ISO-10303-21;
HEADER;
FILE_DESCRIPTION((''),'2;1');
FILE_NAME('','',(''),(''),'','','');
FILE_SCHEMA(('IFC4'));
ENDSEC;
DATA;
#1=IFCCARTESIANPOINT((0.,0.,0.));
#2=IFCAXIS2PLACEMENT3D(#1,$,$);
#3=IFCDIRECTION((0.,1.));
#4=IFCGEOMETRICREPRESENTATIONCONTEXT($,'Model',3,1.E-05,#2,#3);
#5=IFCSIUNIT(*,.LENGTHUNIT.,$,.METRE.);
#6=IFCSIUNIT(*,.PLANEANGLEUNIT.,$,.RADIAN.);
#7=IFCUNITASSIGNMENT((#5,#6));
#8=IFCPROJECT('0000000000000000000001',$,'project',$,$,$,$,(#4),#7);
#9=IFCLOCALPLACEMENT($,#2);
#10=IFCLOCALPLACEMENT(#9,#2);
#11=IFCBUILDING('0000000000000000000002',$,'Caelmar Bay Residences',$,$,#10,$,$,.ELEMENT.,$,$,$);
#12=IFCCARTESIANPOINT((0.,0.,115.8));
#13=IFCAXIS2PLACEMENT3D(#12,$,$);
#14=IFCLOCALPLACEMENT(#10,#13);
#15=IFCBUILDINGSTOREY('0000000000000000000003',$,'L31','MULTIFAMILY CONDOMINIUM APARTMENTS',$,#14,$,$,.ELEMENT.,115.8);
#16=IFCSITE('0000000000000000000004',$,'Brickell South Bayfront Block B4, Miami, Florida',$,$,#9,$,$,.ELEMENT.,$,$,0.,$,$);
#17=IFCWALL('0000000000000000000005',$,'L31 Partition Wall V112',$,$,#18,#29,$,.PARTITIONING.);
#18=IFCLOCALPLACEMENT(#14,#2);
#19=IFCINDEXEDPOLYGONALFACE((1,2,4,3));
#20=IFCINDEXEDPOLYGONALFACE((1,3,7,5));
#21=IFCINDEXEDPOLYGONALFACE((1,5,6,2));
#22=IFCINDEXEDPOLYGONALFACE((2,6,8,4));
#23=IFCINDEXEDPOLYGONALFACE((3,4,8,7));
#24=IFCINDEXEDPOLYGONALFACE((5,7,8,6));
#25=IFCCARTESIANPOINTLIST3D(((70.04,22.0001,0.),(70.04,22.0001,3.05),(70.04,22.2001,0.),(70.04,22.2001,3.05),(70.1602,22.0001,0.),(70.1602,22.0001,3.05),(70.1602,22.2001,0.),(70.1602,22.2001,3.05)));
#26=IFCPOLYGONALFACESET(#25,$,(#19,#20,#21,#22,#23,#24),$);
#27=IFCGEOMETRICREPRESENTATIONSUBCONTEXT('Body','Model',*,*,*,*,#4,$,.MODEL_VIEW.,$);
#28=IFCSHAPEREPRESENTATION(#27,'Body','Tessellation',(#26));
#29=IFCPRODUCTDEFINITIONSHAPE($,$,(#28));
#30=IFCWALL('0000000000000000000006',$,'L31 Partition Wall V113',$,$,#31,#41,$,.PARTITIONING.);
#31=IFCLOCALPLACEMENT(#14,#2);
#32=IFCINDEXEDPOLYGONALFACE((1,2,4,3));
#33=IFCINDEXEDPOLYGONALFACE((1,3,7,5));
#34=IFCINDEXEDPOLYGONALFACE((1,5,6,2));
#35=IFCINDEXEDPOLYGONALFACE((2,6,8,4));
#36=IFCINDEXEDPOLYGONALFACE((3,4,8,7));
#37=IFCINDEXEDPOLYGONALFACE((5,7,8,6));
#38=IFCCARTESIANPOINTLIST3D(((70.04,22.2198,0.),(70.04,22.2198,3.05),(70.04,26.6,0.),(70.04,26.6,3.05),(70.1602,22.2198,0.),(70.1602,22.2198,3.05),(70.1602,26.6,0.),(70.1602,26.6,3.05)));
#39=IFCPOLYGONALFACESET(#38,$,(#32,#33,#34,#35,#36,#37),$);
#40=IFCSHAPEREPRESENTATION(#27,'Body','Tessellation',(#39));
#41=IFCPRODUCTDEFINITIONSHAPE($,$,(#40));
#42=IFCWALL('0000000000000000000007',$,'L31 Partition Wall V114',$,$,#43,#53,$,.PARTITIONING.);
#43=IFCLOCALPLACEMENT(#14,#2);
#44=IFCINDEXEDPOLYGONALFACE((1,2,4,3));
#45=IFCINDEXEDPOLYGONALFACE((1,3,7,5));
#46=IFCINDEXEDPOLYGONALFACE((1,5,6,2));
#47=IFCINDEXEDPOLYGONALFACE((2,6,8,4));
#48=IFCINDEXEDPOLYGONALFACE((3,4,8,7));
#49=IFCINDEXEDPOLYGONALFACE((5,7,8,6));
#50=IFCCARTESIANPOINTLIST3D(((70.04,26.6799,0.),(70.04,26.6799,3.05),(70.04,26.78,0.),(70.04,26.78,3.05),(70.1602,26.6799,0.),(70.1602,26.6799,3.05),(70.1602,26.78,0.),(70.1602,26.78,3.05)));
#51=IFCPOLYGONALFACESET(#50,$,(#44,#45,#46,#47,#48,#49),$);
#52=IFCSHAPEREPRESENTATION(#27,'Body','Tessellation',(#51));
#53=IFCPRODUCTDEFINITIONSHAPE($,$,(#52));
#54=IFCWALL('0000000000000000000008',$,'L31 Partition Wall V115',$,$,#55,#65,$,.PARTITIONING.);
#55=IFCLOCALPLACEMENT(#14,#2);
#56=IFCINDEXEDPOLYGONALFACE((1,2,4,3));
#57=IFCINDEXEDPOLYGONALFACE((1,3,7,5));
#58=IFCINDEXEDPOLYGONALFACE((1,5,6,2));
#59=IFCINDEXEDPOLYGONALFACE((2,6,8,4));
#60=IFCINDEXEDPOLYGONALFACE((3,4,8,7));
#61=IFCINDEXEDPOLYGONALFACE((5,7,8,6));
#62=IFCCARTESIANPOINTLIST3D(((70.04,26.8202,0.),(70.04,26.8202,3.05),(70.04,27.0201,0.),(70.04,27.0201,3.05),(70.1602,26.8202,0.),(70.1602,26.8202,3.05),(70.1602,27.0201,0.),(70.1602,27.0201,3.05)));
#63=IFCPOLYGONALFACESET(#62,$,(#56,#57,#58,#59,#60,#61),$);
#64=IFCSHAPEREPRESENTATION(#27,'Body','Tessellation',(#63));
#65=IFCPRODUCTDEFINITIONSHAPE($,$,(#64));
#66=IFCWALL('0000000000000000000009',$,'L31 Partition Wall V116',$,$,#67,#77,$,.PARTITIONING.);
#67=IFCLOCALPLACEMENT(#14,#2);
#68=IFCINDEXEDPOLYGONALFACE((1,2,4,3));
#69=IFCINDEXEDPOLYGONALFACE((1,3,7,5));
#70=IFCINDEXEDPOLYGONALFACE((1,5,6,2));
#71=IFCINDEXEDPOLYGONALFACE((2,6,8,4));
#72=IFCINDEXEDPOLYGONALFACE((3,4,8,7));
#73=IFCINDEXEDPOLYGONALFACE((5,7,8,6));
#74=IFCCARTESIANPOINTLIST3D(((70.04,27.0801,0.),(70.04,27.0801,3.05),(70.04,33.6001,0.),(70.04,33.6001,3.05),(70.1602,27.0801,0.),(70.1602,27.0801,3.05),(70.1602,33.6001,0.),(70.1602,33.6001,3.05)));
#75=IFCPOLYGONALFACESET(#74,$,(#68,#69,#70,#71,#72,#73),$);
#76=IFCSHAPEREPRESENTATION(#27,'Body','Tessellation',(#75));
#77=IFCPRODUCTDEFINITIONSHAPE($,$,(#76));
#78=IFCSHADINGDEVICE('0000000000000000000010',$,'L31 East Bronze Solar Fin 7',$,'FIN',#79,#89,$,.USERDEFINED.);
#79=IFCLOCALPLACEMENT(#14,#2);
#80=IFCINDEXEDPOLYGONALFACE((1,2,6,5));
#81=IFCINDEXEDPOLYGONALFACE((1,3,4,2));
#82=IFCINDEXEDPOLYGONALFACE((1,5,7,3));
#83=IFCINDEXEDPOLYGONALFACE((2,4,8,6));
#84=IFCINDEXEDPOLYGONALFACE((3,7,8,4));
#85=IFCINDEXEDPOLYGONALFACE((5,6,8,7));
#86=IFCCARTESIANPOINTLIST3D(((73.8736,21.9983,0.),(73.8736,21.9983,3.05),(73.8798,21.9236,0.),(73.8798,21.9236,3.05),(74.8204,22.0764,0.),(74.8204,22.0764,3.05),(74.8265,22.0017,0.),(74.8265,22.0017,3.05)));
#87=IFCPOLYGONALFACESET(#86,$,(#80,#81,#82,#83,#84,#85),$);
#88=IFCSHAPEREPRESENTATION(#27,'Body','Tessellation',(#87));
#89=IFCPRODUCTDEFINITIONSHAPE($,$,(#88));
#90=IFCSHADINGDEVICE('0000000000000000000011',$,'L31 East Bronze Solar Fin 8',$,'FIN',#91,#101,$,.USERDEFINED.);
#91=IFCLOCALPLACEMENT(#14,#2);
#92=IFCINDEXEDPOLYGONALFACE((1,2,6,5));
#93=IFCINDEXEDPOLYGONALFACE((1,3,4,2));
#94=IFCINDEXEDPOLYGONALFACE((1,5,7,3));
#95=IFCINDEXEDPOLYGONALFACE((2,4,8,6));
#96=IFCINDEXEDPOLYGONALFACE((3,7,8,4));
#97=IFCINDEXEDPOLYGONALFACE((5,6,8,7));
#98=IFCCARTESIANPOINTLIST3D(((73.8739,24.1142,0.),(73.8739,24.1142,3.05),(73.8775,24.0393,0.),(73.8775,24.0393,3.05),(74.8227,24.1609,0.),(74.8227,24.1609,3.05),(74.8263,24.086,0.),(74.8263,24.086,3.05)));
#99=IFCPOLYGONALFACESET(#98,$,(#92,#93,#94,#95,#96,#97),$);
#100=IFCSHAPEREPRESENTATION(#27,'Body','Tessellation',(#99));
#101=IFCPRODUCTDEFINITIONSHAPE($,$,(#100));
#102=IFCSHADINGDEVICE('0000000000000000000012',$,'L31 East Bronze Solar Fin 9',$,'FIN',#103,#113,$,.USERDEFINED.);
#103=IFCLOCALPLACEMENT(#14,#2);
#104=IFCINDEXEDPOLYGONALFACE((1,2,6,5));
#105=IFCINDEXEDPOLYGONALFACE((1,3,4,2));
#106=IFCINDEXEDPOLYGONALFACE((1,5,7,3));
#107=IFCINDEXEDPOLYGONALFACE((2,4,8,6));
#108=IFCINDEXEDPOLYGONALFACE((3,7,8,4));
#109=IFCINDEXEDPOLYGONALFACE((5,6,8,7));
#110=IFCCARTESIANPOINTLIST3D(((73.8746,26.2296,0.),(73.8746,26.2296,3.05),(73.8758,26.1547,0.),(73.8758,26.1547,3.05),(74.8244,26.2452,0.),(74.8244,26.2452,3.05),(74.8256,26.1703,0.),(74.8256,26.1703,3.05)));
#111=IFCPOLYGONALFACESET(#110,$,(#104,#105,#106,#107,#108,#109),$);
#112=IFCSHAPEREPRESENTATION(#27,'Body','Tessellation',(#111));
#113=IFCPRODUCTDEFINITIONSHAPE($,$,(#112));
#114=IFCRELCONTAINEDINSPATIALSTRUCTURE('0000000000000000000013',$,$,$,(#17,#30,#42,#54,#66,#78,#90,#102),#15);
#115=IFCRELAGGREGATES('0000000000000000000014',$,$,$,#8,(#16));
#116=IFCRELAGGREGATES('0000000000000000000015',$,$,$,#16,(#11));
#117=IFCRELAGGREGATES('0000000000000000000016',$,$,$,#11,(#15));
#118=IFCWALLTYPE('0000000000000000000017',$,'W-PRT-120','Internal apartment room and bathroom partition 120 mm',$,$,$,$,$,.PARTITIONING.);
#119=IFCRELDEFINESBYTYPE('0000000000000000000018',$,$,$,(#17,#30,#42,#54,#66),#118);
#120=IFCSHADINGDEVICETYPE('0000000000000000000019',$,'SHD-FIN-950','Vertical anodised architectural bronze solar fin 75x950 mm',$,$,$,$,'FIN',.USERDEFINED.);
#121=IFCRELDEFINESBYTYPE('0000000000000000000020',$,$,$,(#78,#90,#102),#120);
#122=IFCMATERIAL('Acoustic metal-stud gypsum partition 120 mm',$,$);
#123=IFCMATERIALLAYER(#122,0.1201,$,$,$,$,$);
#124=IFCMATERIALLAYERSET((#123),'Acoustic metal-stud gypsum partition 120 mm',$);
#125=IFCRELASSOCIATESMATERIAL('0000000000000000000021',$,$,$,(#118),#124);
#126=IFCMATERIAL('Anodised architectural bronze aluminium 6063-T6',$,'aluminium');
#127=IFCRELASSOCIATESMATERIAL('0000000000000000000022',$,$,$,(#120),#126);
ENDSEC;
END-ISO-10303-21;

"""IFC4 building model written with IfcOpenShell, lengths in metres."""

from ifc_helpers import new_model, si_unit, direction, frame, frame_2d, origin, origin_2d, place, context, subcontext, project, spatial, rectangle, extrude, material, layer, layer_set, material_profile, profile_set, type_object, element, save


model = new_model("IFC4")

# Units and contexts
model_context = context("Model", 3, precision=1e-05, world=origin(), true_north=direction((0.0, 1.0)))
body_context = subcontext(model_context, "Body", "Model", "MODEL_VIEW")
ifc_project = project(units=[si_unit("LENGTHUNIT", "METRE"), si_unit("PLANEANGLEUNIT", "RADIAN")], contexts=[model_context])

# Site, building, storey
site_placement = place(None, origin())
site = spatial("IfcSite", under=ifc_project, at=site_placement, Name="Brickell South Bayfront Block B4, Miami, Florida", CompositionType="ELEMENT", RefElevation=0.0)
building_placement = place(site_placement, origin())
building = spatial("IfcBuilding", under=site, at=building_placement, Name="Caelmar Bay Residences", CompositionType="ELEMENT")
storey_placement = place(building_placement, frame((0.0, 0.0, 115.8)))
storey = spatial("IfcBuildingStorey", under=building, at=storey_placement, Name="L31", Description="MULTIFAMILY CONDOMINIUM APARTMENTS", CompositionType="ELEMENT", Elevation=115.8)

# Shared definitions
ifc_material_1 = material(Name="Acoustic metal-stud gypsum partition 120 mm")
ifc_layer_1 = layer(ifc_material_1, 0.1201)
ifc_layer_set_1 = layer_set([ifc_layer_1], Name="Acoustic metal-stud gypsum partition 120 mm")
wall_type = type_object("IfcWallType", Name="W-PRT-120", Description="Internal apartment room and bathroom partition 120 mm", PredefinedType="PARTITIONING", material=ifc_layer_set_1)

# Walls
wall_1_placement = place(storey_placement, frame((70.1001, 22.0, 0.0), z_axis=(0.0, 0.0, 1.0), x_axis=(0.0, 1.0, 0.0)))
element("IfcWall", 1, at=wall_1_placement, inside=storey, type_object=wall_type, Name="L31 Partition Wall V112", PredefinedType="PARTITIONING", context=body_context, shape_type="SweptSolid", body=[
    extrude(rectangle(XDim=0.2, YDim=0.1201, at=frame_2d((0.1001, 0.0))), origin(), (0.0, 0.0, 1.0), 3.05),
])
wall_2_placement = place(storey_placement, frame((70.1001, 22.22, 0.0), z_axis=(0.0, 0.0, 1.0), x_axis=(0.0, 1.0, 0.0)))
element("IfcWall", 2, at=wall_2_placement, inside=storey, type_object=wall_type, Name="L31 Partition Wall V113", PredefinedType="PARTITIONING", context=body_context, shape_type="SweptSolid", body=[
    extrude(rectangle(XDim=4.3801, YDim=0.1201, at=frame_2d((2.1899, 0.0))), origin(), (0.0, 0.0, 1.0), 3.05),
])
wall_3_placement = place(storey_placement, frame((70.1001, 26.6799, 0.0), z_axis=(0.0, 0.0, 1.0), x_axis=(0.0, 1.0, 0.0)))
element("IfcWall", 3, at=wall_3_placement, inside=storey, type_object=wall_type, Name="L31 Partition Wall V114", PredefinedType="PARTITIONING", context=body_context, shape_type="SweptSolid", body=[
    extrude(rectangle(XDim=0.1001, YDim=0.1201, at=frame_2d((0.05, 0.0))), origin(), (0.0, 0.0, 1.0), 3.05),
])
wall_4_placement = place(storey_placement, frame((70.1001, 26.8201, 0.0), z_axis=(0.0, 0.0, 1.0), x_axis=(0.0, 1.0, 0.0)))
element("IfcWall", 4, at=wall_4_placement, inside=storey, type_object=wall_type, Name="L31 Partition Wall V115", PredefinedType="PARTITIONING", context=body_context, shape_type="SweptSolid", body=[
    extrude(rectangle(XDim=0.2, YDim=0.1201, at=frame_2d((0.1001, 0.0))), origin(), (0.0, 0.0, 1.0), 3.05),
])
wall_5_placement = place(storey_placement, frame((70.1001, 27.0801, 0.0), z_axis=(0.0, 0.0, 1.0), x_axis=(0.0, 1.0, 0.0)))
element("IfcWall", 5, at=wall_5_placement, inside=storey, type_object=wall_type, Name="L31 Partition Wall V116", PredefinedType="PARTITIONING", context=body_context, shape_type="SweptSolid", body=[
    extrude(rectangle(XDim=6.52, YDim=0.1201, at=frame_2d((3.26, 0.0))), origin(), (0.0, 0.0, 1.0), 3.05),
])

# Shading devices
ifc_material_2 = material(Name="Anodised architectural bronze aluminium 6063-T6", Category="aluminium")
ifc_material_profile_1 = material_profile(ifc_material_2, rectangle(XDim=0.075, YDim=0.95, at=origin_2d()), Name="BRONZE-FIN-75X950")
ifc_profile_set_1 = profile_set([ifc_material_profile_1], Name="Anodised architectural bronze aluminium 6063-T6")
shading_device_type = type_object("IfcShadingDeviceType", Name="SHD-FIN-950", Description="Vertical anodised architectural bronze solar fin 75x950 mm", ElementType="FIN", PredefinedType="USERDEFINED", material=ifc_profile_set_1)
for number, where, z_axis, x_axis, name in (
    (6, (74.3501, 22.0, 0.0), (0.0, 0.0, 1.0), (-0.082112, 0.996623, 0.0), "L31 East Bronze Solar Fin 7"),
    (7, (74.3501, 24.1001, 0.0), (0.0, 0.0, 1.0), (-0.049198, 0.998789, 0.0), "L31 East Bronze Solar Fin 8"),
    (8, (74.3501, 26.2, 0.0), (0.0, 0.0, 1.0), (-0.016405, 0.999865, 0.0), "L31 East Bronze Solar Fin 9"),
):
    element("IfcShadingDevice", number, at=place(storey_placement, frame(where, z_axis=z_axis, x_axis=x_axis)), inside=storey, type_object=shading_device_type, Name=name, ObjectType="FIN", PredefinedType="USERDEFINED", context=body_context, shape_type="SweptSolid", body=[
        extrude(rectangle(XDim=0.075, YDim=0.95, at=origin_2d()), origin(), (0.0, 0.0, 1.0), 3.05),
    ])

save(model, "model.ifc")
